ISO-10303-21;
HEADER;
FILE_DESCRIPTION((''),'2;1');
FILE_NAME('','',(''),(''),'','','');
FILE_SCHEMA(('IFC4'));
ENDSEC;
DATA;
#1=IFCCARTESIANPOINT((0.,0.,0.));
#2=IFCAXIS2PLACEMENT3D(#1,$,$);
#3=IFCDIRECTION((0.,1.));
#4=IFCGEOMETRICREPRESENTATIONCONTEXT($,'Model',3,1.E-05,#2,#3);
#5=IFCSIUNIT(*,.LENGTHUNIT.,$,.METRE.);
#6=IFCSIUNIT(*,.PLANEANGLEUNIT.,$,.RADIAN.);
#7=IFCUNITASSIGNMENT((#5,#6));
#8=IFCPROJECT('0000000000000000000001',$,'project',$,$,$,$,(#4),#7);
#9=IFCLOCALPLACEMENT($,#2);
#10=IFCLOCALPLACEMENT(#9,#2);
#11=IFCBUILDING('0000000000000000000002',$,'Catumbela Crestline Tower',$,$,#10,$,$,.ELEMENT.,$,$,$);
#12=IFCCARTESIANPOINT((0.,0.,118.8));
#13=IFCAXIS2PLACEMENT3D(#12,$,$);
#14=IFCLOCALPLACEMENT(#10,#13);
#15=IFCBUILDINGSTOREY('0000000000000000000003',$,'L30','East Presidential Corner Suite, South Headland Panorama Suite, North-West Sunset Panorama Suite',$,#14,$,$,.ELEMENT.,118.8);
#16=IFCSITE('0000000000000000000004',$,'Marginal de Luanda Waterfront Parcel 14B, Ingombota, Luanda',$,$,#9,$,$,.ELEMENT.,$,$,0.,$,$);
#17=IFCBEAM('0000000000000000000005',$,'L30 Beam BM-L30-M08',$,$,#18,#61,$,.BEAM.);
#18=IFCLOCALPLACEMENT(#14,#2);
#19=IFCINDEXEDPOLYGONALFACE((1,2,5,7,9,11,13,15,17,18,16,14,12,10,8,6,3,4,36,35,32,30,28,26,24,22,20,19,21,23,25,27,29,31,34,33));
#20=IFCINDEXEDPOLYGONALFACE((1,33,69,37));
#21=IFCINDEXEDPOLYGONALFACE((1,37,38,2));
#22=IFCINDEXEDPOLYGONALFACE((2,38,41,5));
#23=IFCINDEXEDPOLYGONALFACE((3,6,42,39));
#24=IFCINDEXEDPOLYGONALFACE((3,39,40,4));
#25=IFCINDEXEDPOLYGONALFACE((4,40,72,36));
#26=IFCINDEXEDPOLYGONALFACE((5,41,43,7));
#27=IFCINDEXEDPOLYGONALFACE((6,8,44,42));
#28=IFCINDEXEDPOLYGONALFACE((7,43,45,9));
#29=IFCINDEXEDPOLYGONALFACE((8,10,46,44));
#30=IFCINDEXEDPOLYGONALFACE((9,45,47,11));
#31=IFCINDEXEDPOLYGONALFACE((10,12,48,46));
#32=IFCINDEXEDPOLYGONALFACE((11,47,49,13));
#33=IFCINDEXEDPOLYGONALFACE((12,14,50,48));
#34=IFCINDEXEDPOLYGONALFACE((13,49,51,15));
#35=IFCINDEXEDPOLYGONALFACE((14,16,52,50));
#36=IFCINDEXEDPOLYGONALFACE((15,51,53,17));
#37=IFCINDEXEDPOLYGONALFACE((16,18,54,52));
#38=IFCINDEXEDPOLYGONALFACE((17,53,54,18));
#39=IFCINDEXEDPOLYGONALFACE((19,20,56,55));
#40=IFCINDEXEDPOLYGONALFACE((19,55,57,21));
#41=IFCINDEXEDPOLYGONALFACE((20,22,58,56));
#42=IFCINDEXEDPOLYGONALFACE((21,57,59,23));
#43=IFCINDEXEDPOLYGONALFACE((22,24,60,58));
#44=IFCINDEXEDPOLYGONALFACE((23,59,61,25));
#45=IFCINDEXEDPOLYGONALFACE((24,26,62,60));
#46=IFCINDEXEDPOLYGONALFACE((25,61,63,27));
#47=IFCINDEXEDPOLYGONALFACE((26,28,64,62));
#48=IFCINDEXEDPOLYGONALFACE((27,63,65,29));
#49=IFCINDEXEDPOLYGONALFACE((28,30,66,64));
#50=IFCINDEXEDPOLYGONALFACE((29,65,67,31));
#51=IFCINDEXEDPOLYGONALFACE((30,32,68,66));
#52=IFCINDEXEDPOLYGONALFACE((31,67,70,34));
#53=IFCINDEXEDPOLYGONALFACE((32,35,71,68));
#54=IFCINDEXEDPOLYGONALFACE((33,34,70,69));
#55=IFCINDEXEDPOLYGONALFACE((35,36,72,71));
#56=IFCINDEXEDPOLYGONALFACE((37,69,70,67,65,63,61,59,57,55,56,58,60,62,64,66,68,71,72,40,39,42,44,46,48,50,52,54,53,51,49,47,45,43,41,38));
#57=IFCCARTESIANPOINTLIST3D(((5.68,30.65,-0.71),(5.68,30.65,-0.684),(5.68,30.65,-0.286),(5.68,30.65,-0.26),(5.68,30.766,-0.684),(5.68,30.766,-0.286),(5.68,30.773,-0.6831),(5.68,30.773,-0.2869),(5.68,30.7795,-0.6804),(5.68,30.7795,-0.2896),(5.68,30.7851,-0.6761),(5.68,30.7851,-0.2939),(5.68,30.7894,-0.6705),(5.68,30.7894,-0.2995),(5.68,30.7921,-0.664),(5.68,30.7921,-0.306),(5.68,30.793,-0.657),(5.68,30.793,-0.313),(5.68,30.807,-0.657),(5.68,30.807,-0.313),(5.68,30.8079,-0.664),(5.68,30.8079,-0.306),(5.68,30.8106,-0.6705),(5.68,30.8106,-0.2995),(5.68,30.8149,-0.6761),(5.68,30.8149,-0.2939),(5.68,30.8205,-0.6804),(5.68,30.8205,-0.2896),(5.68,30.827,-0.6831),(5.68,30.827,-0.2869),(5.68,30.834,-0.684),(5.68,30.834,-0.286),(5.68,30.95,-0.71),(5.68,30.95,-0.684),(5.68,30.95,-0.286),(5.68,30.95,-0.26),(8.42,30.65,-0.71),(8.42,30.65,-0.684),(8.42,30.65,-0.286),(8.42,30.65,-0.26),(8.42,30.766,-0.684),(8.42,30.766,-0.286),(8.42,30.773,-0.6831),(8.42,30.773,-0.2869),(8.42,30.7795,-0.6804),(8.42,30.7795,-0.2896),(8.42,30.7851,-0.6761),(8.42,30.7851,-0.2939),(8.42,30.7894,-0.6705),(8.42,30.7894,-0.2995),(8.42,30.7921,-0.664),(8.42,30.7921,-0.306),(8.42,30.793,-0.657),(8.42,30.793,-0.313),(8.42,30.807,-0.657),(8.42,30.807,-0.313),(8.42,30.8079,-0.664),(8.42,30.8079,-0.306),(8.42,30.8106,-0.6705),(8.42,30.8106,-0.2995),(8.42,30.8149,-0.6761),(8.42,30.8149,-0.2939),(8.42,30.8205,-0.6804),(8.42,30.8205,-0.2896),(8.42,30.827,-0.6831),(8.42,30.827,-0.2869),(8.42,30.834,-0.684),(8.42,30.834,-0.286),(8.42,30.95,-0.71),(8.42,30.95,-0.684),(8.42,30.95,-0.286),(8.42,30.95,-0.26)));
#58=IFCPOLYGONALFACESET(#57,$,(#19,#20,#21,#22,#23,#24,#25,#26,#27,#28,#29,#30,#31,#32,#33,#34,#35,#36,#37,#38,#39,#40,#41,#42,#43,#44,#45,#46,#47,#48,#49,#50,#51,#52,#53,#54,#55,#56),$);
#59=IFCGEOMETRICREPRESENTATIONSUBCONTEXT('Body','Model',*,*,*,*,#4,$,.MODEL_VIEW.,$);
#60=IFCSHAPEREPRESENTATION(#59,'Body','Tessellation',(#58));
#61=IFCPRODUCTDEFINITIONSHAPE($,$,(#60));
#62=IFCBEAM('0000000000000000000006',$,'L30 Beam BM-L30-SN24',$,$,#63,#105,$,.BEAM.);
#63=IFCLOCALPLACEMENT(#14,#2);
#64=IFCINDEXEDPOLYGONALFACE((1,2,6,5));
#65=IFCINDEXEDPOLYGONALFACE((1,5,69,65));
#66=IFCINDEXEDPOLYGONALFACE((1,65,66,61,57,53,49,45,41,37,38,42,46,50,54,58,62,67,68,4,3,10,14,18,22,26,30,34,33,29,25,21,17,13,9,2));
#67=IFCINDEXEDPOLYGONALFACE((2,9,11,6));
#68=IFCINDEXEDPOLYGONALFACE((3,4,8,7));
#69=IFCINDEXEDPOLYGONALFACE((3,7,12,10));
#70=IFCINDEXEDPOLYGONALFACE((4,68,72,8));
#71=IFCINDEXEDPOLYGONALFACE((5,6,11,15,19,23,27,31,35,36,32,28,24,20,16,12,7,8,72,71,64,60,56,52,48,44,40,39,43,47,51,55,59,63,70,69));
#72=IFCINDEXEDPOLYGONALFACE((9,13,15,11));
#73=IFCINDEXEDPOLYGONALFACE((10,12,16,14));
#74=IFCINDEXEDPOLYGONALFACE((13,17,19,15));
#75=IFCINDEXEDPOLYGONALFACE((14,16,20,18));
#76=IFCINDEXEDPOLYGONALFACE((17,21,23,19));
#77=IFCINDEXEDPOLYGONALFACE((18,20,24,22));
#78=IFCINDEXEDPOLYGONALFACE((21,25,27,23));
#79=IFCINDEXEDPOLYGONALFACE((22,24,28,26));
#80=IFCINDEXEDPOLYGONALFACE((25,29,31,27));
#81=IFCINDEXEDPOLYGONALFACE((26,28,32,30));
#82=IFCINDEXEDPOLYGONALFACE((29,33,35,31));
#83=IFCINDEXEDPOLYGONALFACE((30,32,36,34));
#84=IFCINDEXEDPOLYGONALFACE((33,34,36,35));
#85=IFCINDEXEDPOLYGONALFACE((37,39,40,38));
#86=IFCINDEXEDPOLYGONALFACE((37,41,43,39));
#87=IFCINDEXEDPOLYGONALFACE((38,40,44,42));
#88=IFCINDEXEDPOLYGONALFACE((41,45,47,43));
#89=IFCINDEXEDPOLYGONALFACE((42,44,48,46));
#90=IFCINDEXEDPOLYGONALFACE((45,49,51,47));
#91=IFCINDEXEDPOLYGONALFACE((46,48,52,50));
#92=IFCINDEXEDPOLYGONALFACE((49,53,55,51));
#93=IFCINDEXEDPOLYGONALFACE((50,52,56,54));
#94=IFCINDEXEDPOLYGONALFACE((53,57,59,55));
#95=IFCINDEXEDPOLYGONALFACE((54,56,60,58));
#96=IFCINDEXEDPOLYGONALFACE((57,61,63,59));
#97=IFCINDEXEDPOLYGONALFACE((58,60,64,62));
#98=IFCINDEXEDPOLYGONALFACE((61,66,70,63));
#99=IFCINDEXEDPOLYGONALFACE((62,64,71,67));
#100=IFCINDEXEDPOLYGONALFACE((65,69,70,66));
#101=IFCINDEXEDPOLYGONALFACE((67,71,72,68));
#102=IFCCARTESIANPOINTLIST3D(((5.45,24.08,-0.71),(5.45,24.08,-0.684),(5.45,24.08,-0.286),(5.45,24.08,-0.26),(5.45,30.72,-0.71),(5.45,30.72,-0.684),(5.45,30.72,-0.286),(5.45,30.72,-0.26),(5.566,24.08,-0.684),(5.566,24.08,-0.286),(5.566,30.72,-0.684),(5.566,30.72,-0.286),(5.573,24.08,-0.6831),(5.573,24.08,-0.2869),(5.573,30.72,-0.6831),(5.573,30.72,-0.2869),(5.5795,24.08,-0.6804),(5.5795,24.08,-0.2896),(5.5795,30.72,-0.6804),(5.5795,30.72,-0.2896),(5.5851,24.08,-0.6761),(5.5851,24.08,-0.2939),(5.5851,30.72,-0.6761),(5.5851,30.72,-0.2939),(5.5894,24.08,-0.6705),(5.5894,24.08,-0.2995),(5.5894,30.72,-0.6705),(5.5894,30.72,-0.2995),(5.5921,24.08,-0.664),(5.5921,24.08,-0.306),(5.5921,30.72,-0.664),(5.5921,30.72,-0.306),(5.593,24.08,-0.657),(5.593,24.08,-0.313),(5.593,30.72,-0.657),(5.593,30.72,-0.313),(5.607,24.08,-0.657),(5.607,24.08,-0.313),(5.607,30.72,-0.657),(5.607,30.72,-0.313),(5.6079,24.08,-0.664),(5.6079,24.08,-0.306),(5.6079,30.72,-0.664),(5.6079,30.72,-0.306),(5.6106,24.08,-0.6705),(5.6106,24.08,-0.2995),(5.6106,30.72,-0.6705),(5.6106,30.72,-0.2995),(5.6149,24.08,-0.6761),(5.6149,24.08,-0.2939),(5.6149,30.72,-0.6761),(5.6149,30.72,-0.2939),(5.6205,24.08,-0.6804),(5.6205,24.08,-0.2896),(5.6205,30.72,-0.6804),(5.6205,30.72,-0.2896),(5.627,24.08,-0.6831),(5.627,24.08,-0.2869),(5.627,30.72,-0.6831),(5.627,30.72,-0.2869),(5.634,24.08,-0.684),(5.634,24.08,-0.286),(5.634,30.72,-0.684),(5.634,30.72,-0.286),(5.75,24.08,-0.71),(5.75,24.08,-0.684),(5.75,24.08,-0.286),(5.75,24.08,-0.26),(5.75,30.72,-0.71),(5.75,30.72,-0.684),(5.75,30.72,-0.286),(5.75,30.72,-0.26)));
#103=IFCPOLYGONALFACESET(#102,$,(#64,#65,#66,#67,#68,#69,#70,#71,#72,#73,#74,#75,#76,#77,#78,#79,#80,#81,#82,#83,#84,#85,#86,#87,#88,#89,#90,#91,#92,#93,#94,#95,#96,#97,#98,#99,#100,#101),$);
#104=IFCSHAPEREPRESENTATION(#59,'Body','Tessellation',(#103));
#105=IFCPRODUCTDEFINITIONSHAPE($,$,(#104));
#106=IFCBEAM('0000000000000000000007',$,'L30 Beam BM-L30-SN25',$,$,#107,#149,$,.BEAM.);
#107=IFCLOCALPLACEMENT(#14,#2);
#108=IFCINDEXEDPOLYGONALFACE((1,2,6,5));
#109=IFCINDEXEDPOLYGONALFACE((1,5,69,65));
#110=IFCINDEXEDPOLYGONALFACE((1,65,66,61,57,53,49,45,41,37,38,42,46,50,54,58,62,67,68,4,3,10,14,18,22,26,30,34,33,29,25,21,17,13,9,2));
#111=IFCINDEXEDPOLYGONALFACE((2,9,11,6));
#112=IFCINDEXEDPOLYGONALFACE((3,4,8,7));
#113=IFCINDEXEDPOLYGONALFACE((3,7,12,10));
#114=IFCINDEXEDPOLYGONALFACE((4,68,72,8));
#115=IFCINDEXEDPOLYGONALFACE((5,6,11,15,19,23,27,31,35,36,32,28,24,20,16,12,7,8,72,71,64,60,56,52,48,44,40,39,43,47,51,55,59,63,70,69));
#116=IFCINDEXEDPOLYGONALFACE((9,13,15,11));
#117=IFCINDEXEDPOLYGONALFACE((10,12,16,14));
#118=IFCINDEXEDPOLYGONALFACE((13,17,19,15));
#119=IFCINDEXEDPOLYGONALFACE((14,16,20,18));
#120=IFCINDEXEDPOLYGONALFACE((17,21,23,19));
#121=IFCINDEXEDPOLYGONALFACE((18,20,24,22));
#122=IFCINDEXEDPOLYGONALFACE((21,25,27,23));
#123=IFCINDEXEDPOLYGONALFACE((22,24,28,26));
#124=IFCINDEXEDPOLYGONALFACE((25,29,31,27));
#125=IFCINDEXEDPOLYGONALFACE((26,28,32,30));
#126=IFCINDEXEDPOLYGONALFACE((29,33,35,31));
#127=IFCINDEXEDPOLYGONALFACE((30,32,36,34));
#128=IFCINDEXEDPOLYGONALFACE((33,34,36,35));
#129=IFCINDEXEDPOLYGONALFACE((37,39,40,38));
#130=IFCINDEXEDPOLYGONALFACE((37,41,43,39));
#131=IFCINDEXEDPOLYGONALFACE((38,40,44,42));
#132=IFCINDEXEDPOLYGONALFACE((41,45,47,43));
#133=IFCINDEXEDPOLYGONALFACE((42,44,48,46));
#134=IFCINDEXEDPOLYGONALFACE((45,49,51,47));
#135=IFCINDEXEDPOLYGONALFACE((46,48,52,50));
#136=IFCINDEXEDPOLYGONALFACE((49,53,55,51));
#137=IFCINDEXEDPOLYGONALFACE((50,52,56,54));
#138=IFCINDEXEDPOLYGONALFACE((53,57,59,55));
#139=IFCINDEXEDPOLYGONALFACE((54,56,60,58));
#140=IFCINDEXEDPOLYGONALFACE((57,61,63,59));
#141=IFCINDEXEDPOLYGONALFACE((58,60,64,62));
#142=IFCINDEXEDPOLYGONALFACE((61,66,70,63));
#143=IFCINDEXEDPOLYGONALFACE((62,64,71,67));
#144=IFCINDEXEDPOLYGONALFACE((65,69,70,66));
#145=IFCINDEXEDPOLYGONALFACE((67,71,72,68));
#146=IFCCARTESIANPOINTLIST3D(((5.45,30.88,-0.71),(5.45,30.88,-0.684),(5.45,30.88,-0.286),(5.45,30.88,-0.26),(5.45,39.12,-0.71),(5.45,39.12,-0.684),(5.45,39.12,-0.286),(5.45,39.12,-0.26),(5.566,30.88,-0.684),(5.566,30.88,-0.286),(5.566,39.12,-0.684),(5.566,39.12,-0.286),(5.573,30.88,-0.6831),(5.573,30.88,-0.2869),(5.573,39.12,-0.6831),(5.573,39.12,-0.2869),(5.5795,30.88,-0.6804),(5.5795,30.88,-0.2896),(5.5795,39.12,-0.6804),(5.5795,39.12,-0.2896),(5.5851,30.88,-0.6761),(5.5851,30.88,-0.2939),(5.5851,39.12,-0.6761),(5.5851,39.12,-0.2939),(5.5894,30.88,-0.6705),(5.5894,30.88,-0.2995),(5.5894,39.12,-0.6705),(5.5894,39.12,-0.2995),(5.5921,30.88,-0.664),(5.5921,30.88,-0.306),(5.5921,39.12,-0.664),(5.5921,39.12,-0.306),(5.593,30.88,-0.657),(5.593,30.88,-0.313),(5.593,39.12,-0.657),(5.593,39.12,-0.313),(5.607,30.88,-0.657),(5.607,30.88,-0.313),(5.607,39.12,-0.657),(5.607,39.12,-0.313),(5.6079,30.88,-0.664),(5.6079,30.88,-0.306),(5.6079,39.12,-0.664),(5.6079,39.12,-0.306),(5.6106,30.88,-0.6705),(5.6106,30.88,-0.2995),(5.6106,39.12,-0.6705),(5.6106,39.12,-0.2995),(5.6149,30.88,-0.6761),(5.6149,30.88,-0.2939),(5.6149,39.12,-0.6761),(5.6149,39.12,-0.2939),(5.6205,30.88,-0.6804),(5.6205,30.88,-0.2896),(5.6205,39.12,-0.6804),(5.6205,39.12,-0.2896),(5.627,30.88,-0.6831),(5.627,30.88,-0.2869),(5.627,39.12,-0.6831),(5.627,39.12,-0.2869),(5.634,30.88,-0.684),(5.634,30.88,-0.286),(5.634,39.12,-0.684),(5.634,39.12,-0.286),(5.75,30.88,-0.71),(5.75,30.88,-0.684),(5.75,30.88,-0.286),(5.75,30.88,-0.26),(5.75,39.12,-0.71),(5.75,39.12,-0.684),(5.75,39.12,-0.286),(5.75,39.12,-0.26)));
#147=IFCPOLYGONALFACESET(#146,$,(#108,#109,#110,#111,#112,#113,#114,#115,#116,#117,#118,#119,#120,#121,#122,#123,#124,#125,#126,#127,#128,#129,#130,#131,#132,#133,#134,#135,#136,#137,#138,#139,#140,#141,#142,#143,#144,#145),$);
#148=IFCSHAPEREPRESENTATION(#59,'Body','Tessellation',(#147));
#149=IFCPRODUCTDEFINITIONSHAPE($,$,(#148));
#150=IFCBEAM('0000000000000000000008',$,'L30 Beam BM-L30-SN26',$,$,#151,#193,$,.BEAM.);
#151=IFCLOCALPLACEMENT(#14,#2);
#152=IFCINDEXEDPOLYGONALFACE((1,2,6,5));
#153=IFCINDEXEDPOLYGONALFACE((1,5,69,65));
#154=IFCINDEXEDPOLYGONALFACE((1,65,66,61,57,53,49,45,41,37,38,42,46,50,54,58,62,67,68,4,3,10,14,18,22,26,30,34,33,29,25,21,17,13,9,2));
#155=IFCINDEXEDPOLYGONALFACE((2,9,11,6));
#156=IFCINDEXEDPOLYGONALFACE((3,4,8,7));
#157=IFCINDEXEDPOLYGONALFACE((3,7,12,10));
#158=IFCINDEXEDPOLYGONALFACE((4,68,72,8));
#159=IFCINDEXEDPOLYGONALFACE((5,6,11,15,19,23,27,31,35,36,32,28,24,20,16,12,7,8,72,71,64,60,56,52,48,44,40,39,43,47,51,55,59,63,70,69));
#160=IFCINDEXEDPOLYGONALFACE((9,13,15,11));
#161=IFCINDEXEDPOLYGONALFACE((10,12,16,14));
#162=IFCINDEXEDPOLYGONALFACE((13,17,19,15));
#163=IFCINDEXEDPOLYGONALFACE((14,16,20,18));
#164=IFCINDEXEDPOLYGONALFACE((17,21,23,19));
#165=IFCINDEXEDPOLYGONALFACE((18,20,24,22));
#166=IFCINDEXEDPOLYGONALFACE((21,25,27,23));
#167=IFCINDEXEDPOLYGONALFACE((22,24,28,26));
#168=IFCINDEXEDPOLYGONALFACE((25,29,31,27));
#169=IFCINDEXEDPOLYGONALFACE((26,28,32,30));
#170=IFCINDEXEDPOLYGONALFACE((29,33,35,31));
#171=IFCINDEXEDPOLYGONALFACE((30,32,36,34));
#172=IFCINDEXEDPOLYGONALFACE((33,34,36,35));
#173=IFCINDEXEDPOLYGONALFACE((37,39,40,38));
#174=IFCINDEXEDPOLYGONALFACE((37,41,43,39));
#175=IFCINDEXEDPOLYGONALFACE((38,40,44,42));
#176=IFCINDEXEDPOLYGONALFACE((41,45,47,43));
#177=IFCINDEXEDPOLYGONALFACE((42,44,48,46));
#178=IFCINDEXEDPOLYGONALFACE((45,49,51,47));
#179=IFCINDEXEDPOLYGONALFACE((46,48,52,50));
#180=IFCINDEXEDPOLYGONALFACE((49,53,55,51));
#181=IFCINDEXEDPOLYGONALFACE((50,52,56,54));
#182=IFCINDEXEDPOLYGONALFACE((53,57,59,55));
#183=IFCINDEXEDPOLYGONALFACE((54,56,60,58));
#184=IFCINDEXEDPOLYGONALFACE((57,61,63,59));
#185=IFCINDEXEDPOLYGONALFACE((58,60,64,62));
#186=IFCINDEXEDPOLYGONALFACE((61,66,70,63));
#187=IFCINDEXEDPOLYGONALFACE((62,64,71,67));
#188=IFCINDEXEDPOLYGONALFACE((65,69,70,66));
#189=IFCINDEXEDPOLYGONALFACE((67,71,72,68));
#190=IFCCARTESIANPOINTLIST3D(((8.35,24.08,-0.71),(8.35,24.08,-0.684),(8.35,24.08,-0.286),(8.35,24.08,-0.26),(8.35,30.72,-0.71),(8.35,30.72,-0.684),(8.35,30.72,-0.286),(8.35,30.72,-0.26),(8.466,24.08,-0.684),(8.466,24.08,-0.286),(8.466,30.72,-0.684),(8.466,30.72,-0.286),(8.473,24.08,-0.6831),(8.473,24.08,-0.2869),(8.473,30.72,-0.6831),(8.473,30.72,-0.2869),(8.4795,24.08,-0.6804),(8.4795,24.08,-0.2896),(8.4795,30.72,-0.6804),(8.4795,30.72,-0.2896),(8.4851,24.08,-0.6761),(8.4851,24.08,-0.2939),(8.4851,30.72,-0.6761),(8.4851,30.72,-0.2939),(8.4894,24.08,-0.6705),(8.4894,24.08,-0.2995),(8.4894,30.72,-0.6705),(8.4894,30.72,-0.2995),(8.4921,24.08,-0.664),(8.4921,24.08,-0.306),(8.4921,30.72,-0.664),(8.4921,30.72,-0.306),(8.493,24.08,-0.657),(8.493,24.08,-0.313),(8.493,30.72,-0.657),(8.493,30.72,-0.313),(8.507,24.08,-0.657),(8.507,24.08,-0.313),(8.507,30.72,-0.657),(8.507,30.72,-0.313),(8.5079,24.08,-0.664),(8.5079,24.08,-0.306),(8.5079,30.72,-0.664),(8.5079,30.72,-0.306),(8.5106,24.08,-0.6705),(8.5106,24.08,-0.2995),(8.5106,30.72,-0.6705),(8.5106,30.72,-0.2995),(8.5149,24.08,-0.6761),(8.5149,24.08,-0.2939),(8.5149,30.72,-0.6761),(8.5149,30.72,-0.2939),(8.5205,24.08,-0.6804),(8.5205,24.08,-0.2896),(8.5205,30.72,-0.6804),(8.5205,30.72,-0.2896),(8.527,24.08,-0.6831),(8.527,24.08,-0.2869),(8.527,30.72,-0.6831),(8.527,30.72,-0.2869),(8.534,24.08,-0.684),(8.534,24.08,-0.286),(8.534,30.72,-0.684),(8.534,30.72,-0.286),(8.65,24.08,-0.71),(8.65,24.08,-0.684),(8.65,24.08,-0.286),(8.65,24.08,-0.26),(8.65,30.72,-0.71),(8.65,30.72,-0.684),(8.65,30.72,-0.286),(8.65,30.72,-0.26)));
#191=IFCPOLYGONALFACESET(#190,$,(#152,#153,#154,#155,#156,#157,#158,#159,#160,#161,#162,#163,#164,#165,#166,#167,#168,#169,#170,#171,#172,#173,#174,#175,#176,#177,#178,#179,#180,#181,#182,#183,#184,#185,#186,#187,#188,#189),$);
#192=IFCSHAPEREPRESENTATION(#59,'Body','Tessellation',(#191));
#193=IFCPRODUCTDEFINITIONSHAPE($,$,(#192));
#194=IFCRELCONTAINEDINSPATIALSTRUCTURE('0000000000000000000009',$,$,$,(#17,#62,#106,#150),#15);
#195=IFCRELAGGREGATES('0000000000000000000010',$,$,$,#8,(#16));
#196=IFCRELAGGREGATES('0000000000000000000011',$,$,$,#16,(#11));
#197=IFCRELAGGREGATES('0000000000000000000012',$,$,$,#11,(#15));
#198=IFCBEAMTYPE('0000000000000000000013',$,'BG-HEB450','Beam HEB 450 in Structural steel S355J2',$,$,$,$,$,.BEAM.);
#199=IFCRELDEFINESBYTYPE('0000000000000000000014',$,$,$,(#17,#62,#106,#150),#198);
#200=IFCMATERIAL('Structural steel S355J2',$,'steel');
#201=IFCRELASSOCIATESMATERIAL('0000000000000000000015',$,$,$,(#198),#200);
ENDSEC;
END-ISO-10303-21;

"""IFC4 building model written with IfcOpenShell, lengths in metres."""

from ifc_helpers import new_model, si_unit, direction, frame, origin, origin_2d, place, context, subcontext, project, spatial, i_section, extrude, material, material_profile, profile_set, type_object, element, save


model = new_model("IFC4")

# Units and contexts
model_context = context("Model", 3, precision=1e-05, world=origin(), true_north=direction((0.0, 1.0)))
body_context = subcontext(model_context, "Body", "Model", "MODEL_VIEW")
ifc_project = project(units=[si_unit("LENGTHUNIT", "METRE"), si_unit("PLANEANGLEUNIT", "RADIAN")], contexts=[model_context])

# Site, building, storey
site_placement = place(None, origin())
site = spatial("IfcSite", under=ifc_project, at=site_placement, Name="Marginal de Luanda Waterfront Parcel 14B, Ingombota, Luanda", CompositionType="ELEMENT", RefElevation=0.0)
building_placement = place(site_placement, origin())
building = spatial("IfcBuilding", under=site, at=building_placement, Name="Catumbela Crestline Tower", CompositionType="ELEMENT")
storey_placement = place(building_placement, frame((0.0, 0.0, 118.8)))
storey = spatial("IfcBuildingStorey", under=building, at=storey_placement, Name="L30", Description="East Presidential Corner Suite, South Headland Panorama Suite, North-West Sunset Panorama Suite", CompositionType="ELEMENT", Elevation=118.8)

# Beams
ifc_material_1 = material(Name="Structural steel S355J2", Category="steel")
ifc_material_profile_1 = material_profile(ifc_material_1, i_section(OverallWidth=0.3, OverallDepth=0.45, WebThickness=0.014, FlangeThickness=0.026, FilletRadius=0.027, at=origin_2d()), Name="HEB 450")
ifc_profile_set_1 = profile_set([ifc_material_profile_1], Name="Structural steel S355J2")
beam_type = type_object("IfcBeamType", Name="BG-HEB450", Description="Beam HEB 450 in Structural steel S355J2", PredefinedType="BEAM", material=ifc_profile_set_1)
beam_1_placement = place(storey_placement, frame((5.68, 30.8, -0.485), z_axis=(1.0, 0.0, 0.0), x_axis=(0.0, 1.0, 0.0)))
element("IfcBeam", 1, at=beam_1_placement, inside=storey, type_object=beam_type, Name="L30 Beam BM-L30-M08", PredefinedType="BEAM", context=body_context, shape_type="SweptSolid", body=[
    extrude(i_section(OverallWidth=0.3, OverallDepth=0.45, WebThickness=0.014, FlangeThickness=0.026, FilletRadius=0.027, at=origin_2d()), origin(), (0.0, 0.0, 1.0), 2.74),
])
beam_2_placement = place(storey_placement, frame((5.6, 24.08, -0.485), z_axis=(0.0, 1.0, 0.0), x_axis=(-1.0, 0.0, 0.0)))
element("IfcBeam", 2, at=beam_2_placement, inside=storey, type_object=beam_type, Name="L30 Beam BM-L30-SN24", PredefinedType="BEAM", context=body_context, shape_type="SweptSolid", body=[
    extrude(i_section(OverallWidth=0.3, OverallDepth=0.45, WebThickness=0.014, FlangeThickness=0.026, FilletRadius=0.027, at=origin_2d()), origin(), (0.0, 0.0, 1.0), 6.64),
])
beam_3_placement = place(storey_placement, frame((5.6, 30.88, -0.485), z_axis=(0.0, 1.0, 0.0), x_axis=(-1.0, 0.0, 0.0)))
element("IfcBeam", 3, at=beam_3_placement, inside=storey, type_object=beam_type, Name="L30 Beam BM-L30-SN25", PredefinedType="BEAM", context=body_context, shape_type="SweptSolid", body=[
    extrude(i_section(OverallWidth=0.3, OverallDepth=0.45, WebThickness=0.014, FlangeThickness=0.026, FilletRadius=0.027, at=origin_2d()), origin(), (0.0, 0.0, 1.0), 8.24),
])
beam_4_placement = place(storey_placement, frame((8.5, 24.08, -0.485), z_axis=(0.0, 1.0, 0.0), x_axis=(-1.0, 0.0, 0.0)))
element("IfcBeam", 4, at=beam_4_placement, inside=storey, type_object=beam_type, Name="L30 Beam BM-L30-SN26", PredefinedType="BEAM", context=body_context, shape_type="SweptSolid", body=[
    extrude(i_section(OverallWidth=0.3, OverallDepth=0.45, WebThickness=0.014, FlangeThickness=0.026, FilletRadius=0.027, at=origin_2d()), origin(), (0.0, 0.0, 1.0), 6.64),
])

save(model, "model.ifc")
